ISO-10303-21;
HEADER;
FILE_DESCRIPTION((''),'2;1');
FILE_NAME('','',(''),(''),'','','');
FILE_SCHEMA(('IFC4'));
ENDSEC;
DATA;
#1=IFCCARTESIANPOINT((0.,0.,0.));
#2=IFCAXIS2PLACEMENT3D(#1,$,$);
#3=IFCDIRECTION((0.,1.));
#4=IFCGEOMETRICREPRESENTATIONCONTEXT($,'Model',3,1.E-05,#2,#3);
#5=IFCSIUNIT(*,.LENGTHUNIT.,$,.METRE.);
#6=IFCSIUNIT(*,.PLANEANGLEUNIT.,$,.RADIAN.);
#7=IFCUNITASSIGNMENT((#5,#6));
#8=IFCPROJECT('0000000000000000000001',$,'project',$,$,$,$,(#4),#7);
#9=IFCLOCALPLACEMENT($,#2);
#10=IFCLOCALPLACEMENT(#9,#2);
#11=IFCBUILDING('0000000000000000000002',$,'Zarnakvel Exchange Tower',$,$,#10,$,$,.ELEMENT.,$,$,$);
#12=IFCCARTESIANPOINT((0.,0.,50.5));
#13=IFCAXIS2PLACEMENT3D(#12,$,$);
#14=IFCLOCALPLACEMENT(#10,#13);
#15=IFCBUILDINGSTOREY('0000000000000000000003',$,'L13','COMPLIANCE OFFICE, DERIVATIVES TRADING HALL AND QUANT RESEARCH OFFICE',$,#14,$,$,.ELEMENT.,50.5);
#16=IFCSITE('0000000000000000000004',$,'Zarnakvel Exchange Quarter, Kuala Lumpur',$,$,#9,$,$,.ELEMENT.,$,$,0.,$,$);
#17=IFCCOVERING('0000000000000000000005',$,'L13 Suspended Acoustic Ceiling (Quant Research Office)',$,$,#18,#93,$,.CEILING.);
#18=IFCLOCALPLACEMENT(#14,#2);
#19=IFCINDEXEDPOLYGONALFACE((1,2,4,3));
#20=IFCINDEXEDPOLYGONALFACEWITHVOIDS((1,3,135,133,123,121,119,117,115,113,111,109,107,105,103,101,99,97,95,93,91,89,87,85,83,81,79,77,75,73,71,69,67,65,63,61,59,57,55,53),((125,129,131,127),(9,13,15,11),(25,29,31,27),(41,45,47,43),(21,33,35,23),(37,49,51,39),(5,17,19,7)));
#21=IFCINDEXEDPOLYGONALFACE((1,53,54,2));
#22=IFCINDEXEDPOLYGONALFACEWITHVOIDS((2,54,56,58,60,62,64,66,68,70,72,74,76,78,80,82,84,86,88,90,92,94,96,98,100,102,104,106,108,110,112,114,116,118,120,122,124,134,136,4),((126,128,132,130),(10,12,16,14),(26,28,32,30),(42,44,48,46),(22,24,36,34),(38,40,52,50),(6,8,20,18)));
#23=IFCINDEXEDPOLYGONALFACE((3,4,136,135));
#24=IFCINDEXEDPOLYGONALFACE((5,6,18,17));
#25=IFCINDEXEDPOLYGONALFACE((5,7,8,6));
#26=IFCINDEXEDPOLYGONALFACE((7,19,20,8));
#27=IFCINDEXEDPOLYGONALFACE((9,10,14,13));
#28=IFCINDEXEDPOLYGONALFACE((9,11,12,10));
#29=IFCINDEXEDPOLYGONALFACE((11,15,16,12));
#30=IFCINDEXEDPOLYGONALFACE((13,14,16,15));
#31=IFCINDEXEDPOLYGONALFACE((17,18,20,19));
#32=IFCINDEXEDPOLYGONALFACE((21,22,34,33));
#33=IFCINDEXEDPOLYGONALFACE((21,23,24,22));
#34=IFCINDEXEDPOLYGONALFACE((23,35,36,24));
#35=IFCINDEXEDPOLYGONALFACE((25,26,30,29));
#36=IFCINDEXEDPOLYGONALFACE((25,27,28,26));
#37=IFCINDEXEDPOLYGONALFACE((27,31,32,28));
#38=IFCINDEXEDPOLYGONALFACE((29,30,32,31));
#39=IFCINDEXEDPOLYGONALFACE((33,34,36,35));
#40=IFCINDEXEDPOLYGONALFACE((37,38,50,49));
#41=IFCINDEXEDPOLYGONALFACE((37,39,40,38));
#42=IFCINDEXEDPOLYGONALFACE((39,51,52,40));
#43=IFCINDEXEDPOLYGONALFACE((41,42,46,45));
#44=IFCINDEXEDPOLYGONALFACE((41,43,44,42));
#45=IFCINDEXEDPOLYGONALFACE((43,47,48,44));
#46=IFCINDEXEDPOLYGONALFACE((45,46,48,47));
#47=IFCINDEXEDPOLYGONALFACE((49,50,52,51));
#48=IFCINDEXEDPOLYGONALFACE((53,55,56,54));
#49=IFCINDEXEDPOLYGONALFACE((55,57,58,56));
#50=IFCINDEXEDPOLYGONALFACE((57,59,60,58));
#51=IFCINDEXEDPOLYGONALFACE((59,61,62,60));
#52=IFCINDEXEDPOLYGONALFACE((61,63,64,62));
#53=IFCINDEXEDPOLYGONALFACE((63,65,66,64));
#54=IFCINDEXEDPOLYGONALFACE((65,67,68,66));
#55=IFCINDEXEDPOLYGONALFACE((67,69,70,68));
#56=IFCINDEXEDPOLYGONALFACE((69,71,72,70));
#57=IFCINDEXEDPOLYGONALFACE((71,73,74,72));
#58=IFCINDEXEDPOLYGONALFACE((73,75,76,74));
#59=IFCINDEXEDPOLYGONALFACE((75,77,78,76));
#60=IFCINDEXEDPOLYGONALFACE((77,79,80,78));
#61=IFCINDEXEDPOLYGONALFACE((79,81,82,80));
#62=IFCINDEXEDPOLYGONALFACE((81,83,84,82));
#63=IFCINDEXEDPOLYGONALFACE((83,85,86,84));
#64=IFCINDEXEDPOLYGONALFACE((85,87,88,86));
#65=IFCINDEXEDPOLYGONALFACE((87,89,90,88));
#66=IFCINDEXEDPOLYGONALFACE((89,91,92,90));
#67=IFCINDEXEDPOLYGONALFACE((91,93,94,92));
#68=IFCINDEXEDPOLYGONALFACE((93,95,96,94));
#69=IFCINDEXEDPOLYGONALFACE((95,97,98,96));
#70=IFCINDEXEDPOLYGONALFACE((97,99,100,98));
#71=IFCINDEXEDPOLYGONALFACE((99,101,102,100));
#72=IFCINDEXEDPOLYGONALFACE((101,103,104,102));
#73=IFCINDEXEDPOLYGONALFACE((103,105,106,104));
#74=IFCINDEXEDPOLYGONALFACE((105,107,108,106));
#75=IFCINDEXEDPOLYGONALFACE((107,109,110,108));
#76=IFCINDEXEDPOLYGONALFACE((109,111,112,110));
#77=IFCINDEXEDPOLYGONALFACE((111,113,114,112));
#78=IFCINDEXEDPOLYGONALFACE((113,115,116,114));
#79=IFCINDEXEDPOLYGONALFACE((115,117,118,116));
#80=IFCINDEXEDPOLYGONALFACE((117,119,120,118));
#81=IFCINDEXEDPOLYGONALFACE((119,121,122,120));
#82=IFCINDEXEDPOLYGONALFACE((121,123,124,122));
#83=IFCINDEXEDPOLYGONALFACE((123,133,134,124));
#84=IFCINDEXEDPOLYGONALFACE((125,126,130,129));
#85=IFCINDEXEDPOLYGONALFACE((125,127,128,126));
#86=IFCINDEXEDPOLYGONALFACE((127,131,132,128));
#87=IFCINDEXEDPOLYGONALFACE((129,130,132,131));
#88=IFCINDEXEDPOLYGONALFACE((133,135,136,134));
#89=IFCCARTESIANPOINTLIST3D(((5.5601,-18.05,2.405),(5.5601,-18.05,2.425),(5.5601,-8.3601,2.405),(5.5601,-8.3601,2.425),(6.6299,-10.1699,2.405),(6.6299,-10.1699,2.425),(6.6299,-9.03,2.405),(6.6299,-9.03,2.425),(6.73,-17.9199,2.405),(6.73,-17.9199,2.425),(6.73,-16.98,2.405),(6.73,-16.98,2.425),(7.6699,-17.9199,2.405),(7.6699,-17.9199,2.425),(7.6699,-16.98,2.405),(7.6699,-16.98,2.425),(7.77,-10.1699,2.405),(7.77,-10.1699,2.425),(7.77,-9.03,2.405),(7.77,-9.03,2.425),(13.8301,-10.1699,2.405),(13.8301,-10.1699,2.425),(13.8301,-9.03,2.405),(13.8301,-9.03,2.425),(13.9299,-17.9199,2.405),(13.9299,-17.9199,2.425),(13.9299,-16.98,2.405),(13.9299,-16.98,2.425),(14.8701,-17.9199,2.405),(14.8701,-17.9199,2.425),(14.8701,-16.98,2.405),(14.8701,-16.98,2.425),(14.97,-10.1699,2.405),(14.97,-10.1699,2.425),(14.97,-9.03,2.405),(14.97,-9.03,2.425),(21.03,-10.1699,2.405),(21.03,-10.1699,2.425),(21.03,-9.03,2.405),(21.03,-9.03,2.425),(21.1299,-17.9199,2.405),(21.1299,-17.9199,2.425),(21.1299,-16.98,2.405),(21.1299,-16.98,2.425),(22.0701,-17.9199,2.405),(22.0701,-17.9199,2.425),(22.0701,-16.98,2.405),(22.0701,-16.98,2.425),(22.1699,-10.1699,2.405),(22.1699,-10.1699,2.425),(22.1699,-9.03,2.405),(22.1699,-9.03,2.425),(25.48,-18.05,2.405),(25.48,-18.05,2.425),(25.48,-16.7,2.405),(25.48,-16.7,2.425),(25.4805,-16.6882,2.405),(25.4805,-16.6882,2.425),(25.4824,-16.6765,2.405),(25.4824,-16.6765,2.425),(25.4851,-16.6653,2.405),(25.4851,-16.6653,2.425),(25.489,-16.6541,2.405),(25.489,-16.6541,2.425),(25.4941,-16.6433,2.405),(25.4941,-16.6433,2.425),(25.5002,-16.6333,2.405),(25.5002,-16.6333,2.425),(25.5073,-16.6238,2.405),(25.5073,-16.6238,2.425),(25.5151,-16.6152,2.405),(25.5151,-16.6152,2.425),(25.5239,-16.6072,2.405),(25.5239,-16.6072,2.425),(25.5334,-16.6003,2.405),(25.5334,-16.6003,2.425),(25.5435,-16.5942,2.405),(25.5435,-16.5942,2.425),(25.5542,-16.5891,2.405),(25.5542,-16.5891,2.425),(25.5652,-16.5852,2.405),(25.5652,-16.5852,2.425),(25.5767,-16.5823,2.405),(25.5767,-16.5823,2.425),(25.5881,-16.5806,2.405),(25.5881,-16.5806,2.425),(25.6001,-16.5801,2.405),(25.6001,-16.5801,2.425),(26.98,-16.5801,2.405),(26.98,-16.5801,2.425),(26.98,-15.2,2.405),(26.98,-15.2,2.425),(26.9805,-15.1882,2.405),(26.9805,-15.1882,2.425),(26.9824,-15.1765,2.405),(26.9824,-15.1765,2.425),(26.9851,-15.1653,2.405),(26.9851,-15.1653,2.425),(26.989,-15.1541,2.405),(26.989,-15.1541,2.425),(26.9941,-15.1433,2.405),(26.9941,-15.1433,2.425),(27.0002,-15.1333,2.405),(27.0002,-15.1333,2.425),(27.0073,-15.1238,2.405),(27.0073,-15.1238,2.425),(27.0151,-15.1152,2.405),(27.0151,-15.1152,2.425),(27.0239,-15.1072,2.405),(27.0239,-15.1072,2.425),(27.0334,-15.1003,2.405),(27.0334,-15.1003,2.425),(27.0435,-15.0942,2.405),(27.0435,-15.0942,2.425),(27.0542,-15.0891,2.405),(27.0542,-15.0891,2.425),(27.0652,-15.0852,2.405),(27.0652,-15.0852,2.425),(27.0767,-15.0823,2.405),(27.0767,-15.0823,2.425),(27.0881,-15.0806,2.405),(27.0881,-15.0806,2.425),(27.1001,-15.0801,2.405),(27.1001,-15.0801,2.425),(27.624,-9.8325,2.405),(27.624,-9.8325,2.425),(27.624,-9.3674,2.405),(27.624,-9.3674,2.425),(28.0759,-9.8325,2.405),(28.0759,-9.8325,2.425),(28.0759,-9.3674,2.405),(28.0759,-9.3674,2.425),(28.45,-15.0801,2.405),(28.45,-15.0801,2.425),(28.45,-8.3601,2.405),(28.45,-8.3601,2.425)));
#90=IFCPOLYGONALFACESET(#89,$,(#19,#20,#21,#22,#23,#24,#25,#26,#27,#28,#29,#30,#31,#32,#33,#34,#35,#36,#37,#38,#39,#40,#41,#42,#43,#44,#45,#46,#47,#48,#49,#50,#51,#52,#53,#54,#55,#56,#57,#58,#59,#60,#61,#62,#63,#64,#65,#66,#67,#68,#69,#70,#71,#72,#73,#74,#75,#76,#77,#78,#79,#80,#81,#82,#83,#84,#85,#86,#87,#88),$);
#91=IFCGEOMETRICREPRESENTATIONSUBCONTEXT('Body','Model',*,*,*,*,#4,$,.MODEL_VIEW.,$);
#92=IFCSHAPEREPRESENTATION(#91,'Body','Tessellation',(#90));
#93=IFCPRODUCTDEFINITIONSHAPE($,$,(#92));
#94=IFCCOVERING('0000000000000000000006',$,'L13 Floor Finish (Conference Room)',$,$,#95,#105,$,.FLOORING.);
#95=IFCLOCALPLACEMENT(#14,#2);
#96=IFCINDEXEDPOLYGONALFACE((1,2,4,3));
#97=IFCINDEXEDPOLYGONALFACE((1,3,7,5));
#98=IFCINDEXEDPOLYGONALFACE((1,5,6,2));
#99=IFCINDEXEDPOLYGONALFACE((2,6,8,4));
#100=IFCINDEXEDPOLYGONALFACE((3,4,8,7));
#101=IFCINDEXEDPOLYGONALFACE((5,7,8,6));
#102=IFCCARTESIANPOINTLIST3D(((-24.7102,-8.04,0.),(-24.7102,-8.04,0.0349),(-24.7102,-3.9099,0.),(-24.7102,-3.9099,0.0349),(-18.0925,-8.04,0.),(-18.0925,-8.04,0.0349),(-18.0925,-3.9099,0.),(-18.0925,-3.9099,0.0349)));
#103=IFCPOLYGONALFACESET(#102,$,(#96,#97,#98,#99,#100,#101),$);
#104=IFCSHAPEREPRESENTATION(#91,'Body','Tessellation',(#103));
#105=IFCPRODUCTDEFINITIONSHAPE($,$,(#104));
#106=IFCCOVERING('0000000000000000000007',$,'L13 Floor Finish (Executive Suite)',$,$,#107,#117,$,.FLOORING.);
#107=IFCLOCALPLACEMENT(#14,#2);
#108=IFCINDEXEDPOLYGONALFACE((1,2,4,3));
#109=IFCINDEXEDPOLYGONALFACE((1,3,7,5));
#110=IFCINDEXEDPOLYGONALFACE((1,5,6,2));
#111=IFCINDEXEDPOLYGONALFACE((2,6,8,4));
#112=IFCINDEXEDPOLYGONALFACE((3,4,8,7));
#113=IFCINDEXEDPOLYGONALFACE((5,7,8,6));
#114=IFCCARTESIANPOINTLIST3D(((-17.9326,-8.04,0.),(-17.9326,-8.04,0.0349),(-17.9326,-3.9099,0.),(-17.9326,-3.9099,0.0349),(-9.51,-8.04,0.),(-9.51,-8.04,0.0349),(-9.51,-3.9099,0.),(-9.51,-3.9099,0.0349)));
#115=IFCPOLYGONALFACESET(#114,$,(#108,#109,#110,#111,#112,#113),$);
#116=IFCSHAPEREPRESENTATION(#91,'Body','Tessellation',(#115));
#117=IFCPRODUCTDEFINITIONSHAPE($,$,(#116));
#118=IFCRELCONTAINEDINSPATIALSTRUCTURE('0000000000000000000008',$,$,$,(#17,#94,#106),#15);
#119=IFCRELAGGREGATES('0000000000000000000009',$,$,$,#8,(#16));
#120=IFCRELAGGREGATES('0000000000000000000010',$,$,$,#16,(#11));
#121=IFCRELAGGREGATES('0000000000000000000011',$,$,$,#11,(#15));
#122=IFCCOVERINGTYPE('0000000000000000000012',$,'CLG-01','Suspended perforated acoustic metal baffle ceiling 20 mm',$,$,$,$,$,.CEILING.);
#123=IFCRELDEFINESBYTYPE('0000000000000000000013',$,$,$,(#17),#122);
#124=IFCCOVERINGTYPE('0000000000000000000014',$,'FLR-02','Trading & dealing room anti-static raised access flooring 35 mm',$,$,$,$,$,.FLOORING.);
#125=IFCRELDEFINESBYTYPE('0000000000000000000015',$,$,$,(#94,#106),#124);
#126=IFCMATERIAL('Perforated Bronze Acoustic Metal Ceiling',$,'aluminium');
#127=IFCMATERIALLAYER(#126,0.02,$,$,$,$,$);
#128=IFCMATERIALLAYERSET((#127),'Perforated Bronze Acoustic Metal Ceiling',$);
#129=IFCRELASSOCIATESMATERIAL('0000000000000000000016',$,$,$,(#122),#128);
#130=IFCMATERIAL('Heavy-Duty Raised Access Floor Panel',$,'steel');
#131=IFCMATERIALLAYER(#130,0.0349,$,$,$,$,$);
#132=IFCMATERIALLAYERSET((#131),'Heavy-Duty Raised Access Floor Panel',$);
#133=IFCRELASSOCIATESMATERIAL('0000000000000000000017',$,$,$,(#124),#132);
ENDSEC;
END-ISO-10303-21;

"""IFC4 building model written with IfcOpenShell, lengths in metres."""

from ifc_helpers import new_model, si_unit, direction, frame, origin, place, context, subcontext, project, spatial, polyline, outline, extrude, material, layer, layer_set, type_object, element, save


model = new_model("IFC4")

# Units and contexts
model_context = context("Model", 3, precision=1e-05, world=origin(), true_north=direction((0.0, 1.0)))
body_context = subcontext(model_context, "Body", "Model", "MODEL_VIEW")
ifc_project = project(units=[si_unit("LENGTHUNIT", "METRE"), si_unit("PLANEANGLEUNIT", "RADIAN")], contexts=[model_context])

# Site, building, storey
site_placement = place(None, origin())
site = spatial("IfcSite", under=ifc_project, at=site_placement, Name="Zarnakvel Exchange Quarter, Kuala Lumpur", CompositionType="ELEMENT", RefElevation=0.0)
building_placement = place(site_placement, origin())
building = spatial("IfcBuilding", under=site, at=building_placement, Name="Zarnakvel Exchange Tower", CompositionType="ELEMENT")
storey_placement = place(building_placement, frame((0.0, 0.0, 50.5)))
storey = spatial("IfcBuildingStorey", under=building, at=storey_placement, Name="L13", Description="COMPLIANCE OFFICE, DERIVATIVES TRADING HALL AND QUANT RESEARCH OFFICE", CompositionType="ELEMENT", Elevation=50.5)

# Coverings
ifc_material_1 = material(Name="Perforated Bronze Acoustic Metal Ceiling", Category="aluminium")
ifc_layer_1 = layer(ifc_material_1, 0.02)
ifc_layer_set_1 = layer_set([ifc_layer_1], Name="Perforated Bronze Acoustic Metal Ceiling")
covering_type_1 = type_object("IfcCoveringType", Name="CLG-01", Description="Suspended perforated acoustic metal baffle ceiling 20 mm", PredefinedType="CEILING", material=ifc_layer_set_1)
covering_1_placement = place(storey_placement, frame((0.0, 0.0, 2.405)))
element("IfcCovering", 1, at=covering_1_placement, inside=storey, type_object=covering_type_1, Name="L13 Suspended Acoustic Ceiling (Quant Research Office)", PredefinedType="CEILING", context=body_context, shape_type="SweptSolid", body=[
    extrude(outline(polyline([(5.5601, -8.3601), (28.45, -8.3601), (28.45, -15.0801), (27.1001, -15.0801), (27.0881, -15.0806), (27.0767, -15.0823), (27.0652, -15.0852), (27.0542, -15.0891), (27.0435, -15.0942), (27.0334, -15.1003), (27.0239, -15.1072), (27.0151, -15.1152), (27.0073, -15.1238), (27.0002, -15.1333), (26.9941, -15.1433), (26.989, -15.1541), (26.9851, -15.1653), (26.9824, -15.1765), (26.9805, -15.1882), (26.98, -15.2), (26.98, -16.5801), (25.6001, -16.5801), (25.5881, -16.5806), (25.5767, -16.5823), (25.5652, -16.5852), (25.5542, -16.5891), (25.5435, -16.5942), (25.5334, -16.6003), (25.5239, -16.6072), (25.5151, -16.6152), (25.5073, -16.6238), (25.5002, -16.6333), (25.4941, -16.6433), (25.489, -16.6541), (25.4851, -16.6653), (25.4824, -16.6765), (25.4805, -16.6882), (25.48, -16.7), (25.48, -18.05), (5.5601, -18.05), (5.5601, -8.3601)]), holes=[polyline([(28.0759, -9.8325), (28.0759, -9.3674), (27.624, -9.3674), (27.624, -9.8325), (28.0759, -9.8325)]), polyline([(22.1699, -10.1699), (22.1699, -9.03), (21.03, -9.03), (21.03, -10.1699), (22.1699, -10.1699)]), polyline([(22.0701, -17.9199), (22.0701, -16.98), (21.1299, -16.98), (21.1299, -17.9199), (22.0701, -17.9199)]), polyline([(13.8301, -10.1699), (14.97, -10.1699), (14.97, -9.03), (13.8301, -9.03), (13.8301, -10.1699)]), polyline([(14.8701, -17.9199), (14.8701, -16.98), (13.9299, -16.98), (13.9299, -17.9199), (14.8701, -17.9199)]), polyline([(6.6299, -10.1699), (7.77, -10.1699), (7.77, -9.03), (6.6299, -9.03), (6.6299, -10.1699)]), polyline([(7.6699, -17.9199), (7.6699, -16.98), (6.73, -16.98), (6.73, -17.9199), (7.6699, -17.9199)])]), origin(), (0.0, 0.0, 1.0), 0.02),
])
ifc_material_2 = material(Name="Heavy-Duty Raised Access Floor Panel", Category="steel")
ifc_layer_2 = layer(ifc_material_2, 0.0349)
ifc_layer_set_2 = layer_set([ifc_layer_2], Name="Heavy-Duty Raised Access Floor Panel")
covering_type_2 = type_object("IfcCoveringType", Name="FLR-02", Description="Trading & dealing room anti-static raised access flooring 35 mm", PredefinedType="FLOORING", material=ifc_layer_set_2)
covering_2_placement = place(storey_placement, origin())
element("IfcCovering", 2, at=covering_2_placement, inside=storey, type_object=covering_type_2, Name="L13 Floor Finish (Conference Room)", PredefinedType="FLOORING", context=body_context, shape_type="SweptSolid", body=[
    extrude(outline(polyline([(-24.7102, -3.9099), (-18.0925, -3.9099), (-18.0925, -8.04), (-24.7102, -8.04), (-24.7102, -3.9099)])), origin(), (0.0, 0.0, 1.0), 0.0349),
])
covering_3_placement = place(storey_placement, origin())
element("IfcCovering", 3, at=covering_3_placement, inside=storey, type_object=covering_type_2, Name="L13 Floor Finish (Executive Suite)", PredefinedType="FLOORING", context=body_context, shape_type="SweptSolid", body=[
    extrude(outline(polyline([(-17.9326, -3.9099), (-9.51, -3.9099), (-9.51, -8.04), (-17.9326, -8.04), (-17.9326, -3.9099)])), origin(), (0.0, 0.0, 1.0), 0.0349),
])

save(model, "model.ifc")
